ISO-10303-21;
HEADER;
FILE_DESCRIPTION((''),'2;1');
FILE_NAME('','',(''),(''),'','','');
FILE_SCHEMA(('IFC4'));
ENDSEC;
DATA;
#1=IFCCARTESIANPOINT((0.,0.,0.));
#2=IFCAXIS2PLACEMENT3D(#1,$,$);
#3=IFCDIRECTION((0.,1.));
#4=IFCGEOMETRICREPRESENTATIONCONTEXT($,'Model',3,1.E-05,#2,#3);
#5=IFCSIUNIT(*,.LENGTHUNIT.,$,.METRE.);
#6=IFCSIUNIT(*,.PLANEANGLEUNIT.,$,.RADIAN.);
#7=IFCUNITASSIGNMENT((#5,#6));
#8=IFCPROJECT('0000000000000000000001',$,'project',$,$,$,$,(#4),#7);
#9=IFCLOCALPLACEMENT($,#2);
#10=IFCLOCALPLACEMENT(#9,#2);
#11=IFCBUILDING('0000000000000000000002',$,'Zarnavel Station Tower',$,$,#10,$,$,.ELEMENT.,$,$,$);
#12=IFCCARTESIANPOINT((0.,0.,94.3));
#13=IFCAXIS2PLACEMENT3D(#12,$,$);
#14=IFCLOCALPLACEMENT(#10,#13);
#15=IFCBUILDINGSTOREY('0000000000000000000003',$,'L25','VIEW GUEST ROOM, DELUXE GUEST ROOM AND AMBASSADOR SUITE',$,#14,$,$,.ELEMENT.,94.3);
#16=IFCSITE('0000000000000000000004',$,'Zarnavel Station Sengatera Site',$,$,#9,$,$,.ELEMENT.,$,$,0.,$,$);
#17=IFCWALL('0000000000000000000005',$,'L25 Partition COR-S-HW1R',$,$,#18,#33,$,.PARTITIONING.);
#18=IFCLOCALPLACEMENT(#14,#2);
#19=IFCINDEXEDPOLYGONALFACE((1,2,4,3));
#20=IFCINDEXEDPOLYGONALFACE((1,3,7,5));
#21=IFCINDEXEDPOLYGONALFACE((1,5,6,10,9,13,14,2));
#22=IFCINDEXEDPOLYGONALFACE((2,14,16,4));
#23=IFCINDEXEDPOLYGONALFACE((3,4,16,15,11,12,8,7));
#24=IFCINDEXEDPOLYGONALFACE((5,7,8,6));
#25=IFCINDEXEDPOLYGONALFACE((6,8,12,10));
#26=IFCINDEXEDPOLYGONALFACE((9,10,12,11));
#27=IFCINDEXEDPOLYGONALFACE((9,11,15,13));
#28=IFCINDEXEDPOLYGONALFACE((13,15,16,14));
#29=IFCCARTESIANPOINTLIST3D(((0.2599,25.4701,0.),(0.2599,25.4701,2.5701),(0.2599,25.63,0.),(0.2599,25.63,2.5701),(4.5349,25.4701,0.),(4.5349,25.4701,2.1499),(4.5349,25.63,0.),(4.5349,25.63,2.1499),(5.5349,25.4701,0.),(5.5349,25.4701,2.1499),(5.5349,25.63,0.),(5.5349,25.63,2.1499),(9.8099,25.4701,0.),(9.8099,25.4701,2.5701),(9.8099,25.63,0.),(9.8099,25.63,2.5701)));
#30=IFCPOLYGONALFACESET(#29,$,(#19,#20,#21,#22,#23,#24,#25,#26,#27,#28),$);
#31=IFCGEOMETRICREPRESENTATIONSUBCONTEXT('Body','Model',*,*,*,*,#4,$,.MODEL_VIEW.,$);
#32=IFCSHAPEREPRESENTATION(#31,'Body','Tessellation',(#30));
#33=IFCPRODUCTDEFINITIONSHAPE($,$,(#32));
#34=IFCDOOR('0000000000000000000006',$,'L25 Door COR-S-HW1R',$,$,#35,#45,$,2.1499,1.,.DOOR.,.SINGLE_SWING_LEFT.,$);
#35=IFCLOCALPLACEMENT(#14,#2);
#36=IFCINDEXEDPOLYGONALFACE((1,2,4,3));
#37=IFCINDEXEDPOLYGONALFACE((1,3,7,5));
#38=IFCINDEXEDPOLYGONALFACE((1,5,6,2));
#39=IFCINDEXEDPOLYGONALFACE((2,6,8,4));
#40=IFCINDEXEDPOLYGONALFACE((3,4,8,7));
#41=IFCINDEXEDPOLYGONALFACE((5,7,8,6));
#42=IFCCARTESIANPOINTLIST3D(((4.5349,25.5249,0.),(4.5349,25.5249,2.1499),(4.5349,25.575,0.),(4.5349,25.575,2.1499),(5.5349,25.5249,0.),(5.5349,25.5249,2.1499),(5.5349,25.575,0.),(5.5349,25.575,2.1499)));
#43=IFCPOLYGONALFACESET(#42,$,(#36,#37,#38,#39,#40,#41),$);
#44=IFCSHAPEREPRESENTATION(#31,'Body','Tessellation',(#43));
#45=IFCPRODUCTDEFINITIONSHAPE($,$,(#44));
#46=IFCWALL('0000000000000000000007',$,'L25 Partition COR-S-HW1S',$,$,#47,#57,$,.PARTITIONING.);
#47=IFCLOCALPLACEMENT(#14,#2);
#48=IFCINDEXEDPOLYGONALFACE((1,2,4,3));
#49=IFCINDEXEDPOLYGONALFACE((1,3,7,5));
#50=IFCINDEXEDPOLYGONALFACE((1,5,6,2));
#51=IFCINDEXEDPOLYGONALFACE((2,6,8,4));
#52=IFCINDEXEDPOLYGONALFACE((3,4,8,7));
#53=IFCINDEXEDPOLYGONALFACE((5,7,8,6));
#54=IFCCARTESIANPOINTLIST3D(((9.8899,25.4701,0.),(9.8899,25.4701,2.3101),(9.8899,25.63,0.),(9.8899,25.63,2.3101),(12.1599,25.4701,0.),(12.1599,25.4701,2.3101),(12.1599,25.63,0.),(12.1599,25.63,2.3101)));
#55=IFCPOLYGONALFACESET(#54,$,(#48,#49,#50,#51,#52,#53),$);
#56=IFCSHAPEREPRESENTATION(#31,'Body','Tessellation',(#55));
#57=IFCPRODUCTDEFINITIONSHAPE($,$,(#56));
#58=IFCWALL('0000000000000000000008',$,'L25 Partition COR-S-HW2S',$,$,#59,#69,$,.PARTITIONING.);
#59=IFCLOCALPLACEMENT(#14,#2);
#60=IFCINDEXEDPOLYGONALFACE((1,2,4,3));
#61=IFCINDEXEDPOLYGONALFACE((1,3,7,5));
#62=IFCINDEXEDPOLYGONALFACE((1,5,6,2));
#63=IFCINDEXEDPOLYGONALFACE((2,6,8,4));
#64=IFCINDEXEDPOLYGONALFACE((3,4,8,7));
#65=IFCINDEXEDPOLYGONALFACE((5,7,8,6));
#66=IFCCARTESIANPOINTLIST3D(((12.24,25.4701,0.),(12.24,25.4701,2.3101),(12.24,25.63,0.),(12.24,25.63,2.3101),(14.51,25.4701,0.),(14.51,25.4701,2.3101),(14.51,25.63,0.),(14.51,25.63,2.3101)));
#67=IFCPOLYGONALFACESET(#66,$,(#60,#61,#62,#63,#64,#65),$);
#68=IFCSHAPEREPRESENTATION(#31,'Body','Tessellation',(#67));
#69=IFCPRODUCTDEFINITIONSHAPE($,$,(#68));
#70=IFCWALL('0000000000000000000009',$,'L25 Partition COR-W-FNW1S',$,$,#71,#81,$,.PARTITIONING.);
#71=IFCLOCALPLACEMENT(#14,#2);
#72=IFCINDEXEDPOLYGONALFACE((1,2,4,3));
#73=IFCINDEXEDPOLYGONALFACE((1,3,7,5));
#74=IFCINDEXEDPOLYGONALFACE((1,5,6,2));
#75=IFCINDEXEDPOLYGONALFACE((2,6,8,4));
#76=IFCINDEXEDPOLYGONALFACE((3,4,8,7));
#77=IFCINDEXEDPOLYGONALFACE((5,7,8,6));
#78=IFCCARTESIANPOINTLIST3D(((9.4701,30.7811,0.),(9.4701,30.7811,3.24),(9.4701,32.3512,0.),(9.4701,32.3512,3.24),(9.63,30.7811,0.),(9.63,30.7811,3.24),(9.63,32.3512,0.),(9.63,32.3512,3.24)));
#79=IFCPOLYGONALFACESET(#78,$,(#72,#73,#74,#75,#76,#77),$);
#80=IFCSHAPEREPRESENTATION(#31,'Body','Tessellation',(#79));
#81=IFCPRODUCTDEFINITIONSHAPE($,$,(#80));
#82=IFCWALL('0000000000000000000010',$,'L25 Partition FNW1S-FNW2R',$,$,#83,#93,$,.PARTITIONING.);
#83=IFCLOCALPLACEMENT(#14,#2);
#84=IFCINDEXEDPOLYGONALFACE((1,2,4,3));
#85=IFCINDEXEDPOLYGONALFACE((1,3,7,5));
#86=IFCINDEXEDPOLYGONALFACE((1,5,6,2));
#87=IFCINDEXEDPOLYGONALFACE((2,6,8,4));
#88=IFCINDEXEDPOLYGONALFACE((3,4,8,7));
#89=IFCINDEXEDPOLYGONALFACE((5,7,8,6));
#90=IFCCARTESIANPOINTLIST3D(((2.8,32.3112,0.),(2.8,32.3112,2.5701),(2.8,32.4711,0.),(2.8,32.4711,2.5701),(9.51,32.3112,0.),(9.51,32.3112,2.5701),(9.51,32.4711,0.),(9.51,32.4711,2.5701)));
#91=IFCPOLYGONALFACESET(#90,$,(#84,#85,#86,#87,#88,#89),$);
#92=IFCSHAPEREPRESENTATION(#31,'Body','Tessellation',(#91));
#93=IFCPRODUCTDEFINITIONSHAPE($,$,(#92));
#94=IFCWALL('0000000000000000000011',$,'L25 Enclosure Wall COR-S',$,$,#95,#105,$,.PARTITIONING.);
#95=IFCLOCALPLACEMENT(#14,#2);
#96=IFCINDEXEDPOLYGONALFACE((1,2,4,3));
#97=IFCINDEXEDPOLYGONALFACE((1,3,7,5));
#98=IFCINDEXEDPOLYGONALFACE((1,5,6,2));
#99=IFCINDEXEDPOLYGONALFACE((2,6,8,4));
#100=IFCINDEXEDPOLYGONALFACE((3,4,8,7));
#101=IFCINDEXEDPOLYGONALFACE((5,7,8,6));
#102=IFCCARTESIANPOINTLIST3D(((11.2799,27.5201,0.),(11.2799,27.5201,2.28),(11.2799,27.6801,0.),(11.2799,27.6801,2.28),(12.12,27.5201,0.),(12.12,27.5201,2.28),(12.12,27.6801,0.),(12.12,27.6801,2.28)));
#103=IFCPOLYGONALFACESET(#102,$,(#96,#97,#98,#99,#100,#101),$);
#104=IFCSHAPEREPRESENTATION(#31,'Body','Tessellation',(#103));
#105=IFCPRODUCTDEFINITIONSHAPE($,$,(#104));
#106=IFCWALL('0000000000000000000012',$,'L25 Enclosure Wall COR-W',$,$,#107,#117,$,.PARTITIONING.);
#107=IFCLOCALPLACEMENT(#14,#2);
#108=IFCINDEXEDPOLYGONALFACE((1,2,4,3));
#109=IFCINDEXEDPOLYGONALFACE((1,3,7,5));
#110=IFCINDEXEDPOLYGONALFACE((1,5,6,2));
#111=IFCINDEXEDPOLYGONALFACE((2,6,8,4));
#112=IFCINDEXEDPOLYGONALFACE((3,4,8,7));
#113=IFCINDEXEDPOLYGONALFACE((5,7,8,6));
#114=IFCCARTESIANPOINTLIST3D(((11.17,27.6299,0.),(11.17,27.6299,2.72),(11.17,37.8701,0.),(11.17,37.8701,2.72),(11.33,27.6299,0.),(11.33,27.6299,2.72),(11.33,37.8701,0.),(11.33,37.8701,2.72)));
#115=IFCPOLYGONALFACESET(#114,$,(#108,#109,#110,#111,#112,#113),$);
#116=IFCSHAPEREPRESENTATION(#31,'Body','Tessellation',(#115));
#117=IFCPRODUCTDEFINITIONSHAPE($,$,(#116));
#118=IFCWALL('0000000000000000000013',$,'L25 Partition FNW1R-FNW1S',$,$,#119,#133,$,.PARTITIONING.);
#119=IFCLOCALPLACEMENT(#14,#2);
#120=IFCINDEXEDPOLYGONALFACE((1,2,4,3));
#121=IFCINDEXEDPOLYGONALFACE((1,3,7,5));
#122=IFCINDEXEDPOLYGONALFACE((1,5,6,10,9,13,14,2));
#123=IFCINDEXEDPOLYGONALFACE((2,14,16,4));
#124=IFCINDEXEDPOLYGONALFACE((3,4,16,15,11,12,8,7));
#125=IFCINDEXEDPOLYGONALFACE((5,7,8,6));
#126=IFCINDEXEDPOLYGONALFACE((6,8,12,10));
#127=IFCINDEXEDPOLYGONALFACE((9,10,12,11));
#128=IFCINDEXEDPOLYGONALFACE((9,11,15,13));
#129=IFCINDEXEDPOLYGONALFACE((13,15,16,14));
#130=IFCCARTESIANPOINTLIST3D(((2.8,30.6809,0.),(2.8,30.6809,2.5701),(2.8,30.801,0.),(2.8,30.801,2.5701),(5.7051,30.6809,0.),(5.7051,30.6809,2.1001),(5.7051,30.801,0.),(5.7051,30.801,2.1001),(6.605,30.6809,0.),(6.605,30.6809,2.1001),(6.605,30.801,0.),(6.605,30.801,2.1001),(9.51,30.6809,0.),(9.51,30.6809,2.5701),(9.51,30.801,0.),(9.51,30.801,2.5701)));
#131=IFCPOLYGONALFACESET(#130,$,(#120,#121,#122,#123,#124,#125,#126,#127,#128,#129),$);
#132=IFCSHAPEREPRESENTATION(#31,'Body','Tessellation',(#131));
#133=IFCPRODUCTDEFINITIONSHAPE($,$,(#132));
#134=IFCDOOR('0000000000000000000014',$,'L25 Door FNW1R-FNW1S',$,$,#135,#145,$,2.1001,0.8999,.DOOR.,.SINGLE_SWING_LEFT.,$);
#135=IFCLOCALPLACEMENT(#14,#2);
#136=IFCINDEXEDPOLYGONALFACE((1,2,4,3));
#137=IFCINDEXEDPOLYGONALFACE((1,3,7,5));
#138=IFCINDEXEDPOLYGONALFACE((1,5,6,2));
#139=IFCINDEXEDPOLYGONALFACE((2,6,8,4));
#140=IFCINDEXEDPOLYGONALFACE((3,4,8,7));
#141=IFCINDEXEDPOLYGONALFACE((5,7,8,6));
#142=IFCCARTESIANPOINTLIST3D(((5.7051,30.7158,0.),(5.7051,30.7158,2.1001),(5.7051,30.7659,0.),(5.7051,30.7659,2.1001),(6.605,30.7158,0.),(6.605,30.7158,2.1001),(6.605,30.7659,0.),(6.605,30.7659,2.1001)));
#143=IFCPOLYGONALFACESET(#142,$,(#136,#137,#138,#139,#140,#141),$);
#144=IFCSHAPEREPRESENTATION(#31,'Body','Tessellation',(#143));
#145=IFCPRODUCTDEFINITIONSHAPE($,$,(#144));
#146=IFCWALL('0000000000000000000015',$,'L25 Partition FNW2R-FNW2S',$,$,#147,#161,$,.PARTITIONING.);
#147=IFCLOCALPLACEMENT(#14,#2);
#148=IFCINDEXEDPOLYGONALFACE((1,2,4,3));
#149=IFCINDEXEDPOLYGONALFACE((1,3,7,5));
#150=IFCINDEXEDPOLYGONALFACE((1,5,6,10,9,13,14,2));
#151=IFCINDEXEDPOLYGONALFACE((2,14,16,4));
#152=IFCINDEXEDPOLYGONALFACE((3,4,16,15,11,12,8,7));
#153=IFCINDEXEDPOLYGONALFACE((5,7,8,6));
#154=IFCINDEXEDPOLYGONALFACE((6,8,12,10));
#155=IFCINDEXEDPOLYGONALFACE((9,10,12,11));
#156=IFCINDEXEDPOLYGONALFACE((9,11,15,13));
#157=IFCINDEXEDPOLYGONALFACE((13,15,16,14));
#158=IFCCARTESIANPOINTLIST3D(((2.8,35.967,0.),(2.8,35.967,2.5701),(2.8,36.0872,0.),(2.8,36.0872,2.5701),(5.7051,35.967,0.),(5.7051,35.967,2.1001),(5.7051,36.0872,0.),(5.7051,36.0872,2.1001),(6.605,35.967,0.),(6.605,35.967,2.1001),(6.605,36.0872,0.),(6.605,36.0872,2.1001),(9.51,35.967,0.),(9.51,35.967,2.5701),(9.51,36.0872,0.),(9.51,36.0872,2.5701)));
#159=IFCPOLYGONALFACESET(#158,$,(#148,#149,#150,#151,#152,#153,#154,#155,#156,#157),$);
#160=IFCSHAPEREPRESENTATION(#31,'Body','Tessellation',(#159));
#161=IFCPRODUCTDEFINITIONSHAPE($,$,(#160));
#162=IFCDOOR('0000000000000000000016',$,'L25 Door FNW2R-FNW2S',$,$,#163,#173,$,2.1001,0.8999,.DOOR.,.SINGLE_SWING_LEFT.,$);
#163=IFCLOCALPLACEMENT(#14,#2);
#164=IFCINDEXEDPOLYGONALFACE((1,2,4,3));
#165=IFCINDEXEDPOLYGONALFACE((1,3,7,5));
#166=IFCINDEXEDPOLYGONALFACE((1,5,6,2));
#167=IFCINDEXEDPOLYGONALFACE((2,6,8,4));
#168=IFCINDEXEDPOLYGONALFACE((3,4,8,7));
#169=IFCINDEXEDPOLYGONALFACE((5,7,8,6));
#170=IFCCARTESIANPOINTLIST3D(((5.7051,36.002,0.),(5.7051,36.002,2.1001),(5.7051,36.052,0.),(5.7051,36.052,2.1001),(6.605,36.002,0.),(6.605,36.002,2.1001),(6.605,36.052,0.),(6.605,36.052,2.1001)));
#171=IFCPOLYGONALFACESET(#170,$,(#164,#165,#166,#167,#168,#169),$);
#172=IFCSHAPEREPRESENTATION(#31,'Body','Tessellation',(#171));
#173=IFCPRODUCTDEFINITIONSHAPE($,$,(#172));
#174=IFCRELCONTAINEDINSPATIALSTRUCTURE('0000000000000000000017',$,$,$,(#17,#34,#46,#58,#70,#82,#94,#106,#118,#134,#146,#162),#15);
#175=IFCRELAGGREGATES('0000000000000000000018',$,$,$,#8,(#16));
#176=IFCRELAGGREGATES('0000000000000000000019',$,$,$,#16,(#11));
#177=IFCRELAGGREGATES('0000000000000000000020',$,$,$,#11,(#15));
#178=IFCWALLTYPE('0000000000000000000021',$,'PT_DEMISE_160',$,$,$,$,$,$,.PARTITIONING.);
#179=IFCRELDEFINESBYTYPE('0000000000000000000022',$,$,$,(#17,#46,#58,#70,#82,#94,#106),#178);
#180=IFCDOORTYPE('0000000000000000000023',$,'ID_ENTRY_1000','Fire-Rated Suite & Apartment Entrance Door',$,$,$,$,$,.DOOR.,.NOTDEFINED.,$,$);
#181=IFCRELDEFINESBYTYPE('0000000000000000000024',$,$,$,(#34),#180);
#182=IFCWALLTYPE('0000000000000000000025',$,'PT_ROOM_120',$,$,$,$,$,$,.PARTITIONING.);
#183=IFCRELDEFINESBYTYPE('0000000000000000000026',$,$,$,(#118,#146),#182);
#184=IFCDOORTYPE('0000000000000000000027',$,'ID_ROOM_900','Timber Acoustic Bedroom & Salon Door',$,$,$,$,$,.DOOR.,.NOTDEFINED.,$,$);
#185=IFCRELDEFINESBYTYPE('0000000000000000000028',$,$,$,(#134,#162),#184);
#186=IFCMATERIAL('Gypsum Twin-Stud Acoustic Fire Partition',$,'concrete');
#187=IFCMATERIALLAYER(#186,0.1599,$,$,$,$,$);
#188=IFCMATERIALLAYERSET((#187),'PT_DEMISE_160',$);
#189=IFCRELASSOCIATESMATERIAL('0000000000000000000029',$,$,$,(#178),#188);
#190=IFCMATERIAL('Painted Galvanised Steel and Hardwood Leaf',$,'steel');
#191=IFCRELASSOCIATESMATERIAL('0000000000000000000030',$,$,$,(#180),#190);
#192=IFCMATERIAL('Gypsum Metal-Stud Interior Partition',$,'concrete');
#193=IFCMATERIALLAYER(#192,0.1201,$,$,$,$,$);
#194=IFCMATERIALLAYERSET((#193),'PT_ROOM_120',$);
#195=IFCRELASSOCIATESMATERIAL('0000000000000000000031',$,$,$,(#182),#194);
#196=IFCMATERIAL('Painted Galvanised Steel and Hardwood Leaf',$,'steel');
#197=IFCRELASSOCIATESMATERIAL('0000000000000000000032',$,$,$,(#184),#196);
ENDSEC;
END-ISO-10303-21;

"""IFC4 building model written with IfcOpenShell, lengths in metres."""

from ifc_helpers import new_model, si_unit, direction, frame, frame_2d, origin, place, context, subcontext, project, spatial, rectangle, extrude, material, layer, layer_set, type_object, element, fill, save


model = new_model("IFC4")

# Units and contexts
model_context = context("Model", 3, precision=1e-05, world=origin(), true_north=direction((0.0, 1.0)))
body_context = subcontext(model_context, "Body", "Model", "MODEL_VIEW")
ifc_project = project(units=[si_unit("LENGTHUNIT", "METRE"), si_unit("PLANEANGLEUNIT", "RADIAN")], contexts=[model_context])

# Site, building, storey
site_placement = place(None, origin())
site = spatial("IfcSite", under=ifc_project, at=site_placement, Name="Zarnavel Station Sengatera Site", CompositionType="ELEMENT", RefElevation=0.0)
building_placement = place(site_placement, origin())
building = spatial("IfcBuilding", under=site, at=building_placement, Name="Zarnavel Station Tower", CompositionType="ELEMENT")
storey_placement = place(building_placement, frame((0.0, 0.0, 94.3)))
storey = spatial("IfcBuildingStorey", under=building, at=storey_placement, Name="L25", Description="VIEW GUEST ROOM, DELUXE GUEST ROOM AND AMBASSADOR SUITE", CompositionType="ELEMENT", Elevation=94.3)

# Wall, opening, door
ifc_material_1 = material(Name="Gypsum Twin-Stud Acoustic Fire Partition", Category="concrete")
ifc_layer_1 = layer(ifc_material_1, 0.1599)
ifc_layer_set_1 = layer_set([ifc_layer_1], Name="PT_DEMISE_160")
wall_type_1 = type_object("IfcWallType", Name="PT_DEMISE_160", PredefinedType="PARTITIONING", material=ifc_layer_set_1)
ifc_material_2 = material(Name="Painted Galvanised Steel and Hardwood Leaf", Category="steel")
door_type_1 = type_object("IfcDoorType", Name="ID_ENTRY_1000", Description="Fire-Rated Suite & Apartment Entrance Door", OperationType="NOTDEFINED", PredefinedType="DOOR", material=ifc_material_2)
wall_1_placement = place(storey_placement, frame((0.26, 25.55, 0.0), z_axis=(0.0, 0.0, 1.0), x_axis=(1.0, 0.0, 0.0)))
wall_1 = element("IfcWall", 1, at=wall_1_placement, inside=storey, type_object=wall_type_1, Name="L25 Partition COR-S-HW1R", PredefinedType="PARTITIONING", context=body_context, shape_type="SweptSolid", body=[
    extrude(rectangle(XDim=9.55, YDim=0.1599, at=frame_2d((4.7749, 0.0))), origin(), (0.0, 0.0, 1.0), 2.5701),
])
opening_1_placement = place(wall_1_placement, frame((4.2749, 0.0, 0.0)))
opening_1 = element("IfcOpeningElement", 2, at=opening_1_placement, cuts=wall_1, PredefinedType="OPENING", context=body_context, shape_type="SweptSolid", body=[
    extrude(rectangle(XDim=1.0, YDim=2.1499, at=frame_2d((0.5, 1.075))), frame((0.0, 0.0898, 0.0), z_axis=(0.0, -1.0, 0.0), x_axis=(1.0, 0.0, 0.0)), (0.0, 0.0, 1.0), 0.1799),
])
door_1_placement = place(opening_1_placement, origin())
door_1 = element("IfcDoor", 3, at=door_1_placement, inside=storey, type_object=door_type_1, Name="L25 Door COR-S-HW1R", OperationType="SINGLE_SWING_LEFT", OverallHeight=2.1499, OverallWidth=1.0, PredefinedType="DOOR", context=body_context, shape_type="SweptSolid", body=[
    extrude(rectangle(XDim=1.0, YDim=2.1499, at=frame_2d((0.5, 1.075))), frame((0.0, 0.0249, 0.0), z_axis=(0.0, -1.0, 0.0), x_axis=(1.0, 0.0, 0.0)), (0.0, 0.0, 1.0), 0.05),
])
fill(opening_1, door_1)

# Walls
for number, where, z_axis, x_axis, name in (
    (4, (9.8899, 25.55, 0.0), (0.0, 0.0, 1.0), (1.0, 0.0, 0.0), "L25 Partition COR-S-HW1S"),
    (5, (12.24, 25.55, 0.0), (0.0, 0.0, 1.0), (1.0, 0.0, 0.0), "L25 Partition COR-S-HW2S"),
):
    element("IfcWall", number, at=place(storey_placement, frame(where, z_axis=z_axis, x_axis=x_axis)), inside=storey, type_object=wall_type_1, Name=name, PredefinedType="PARTITIONING", context=body_context, shape_type="SweptSolid", body=[
        extrude(rectangle(XDim=2.27, YDim=0.1599, at=frame_2d((1.135, 0.0))), origin(), (0.0, 0.0, 1.0), 2.3101),
    ])

# Wall
wall_2_placement = place(storey_placement, frame((9.55, 30.781, 0.0), z_axis=(0.0, 0.0, 1.0), x_axis=(0.0, 1.0, 0.0)))
element("IfcWall", 6, at=wall_2_placement, inside=storey, type_object=wall_type_1, Name="L25 Partition COR-W-FNW1S", PredefinedType="PARTITIONING", context=body_context, shape_type="SweptSolid", body=[
    extrude(rectangle(XDim=1.5701, YDim=0.1599, at=frame_2d((0.7852, 0.0))), origin(), (0.0, 0.0, 1.0), 3.24),
])

# Walls
wall_3_placement = place(storey_placement, frame((2.8, 32.3911, 0.0), z_axis=(0.0, 0.0, 1.0), x_axis=(1.0, 0.0, 0.0)))
element("IfcWall", 7, at=wall_3_placement, inside=storey, type_object=wall_type_1, Name="L25 Partition FNW1S-FNW2R", PredefinedType="PARTITIONING", context=body_context, shape_type="SweptSolid", body=[
    extrude(rectangle(XDim=6.71, YDim=0.1599, at=frame_2d((3.355, 0.0))), origin(), (0.0, 0.0, 1.0), 2.5701),
])
wall_4_placement = place(storey_placement, frame((11.28, 27.6001, 0.0), z_axis=(0.0, 0.0, 1.0), x_axis=(1.0, 0.0, 0.0)))
element("IfcWall", 8, at=wall_4_placement, inside=storey, type_object=wall_type_1, Name="L25 Enclosure Wall COR-S", PredefinedType="PARTITIONING", context=body_context, shape_type="SweptSolid", body=[
    extrude(rectangle(XDim=0.8401, YDim=0.1599, at=frame_2d((0.4199, 0.0))), origin(), (0.0, 0.0, 1.0), 2.28),
])
wall_5_placement = place(storey_placement, frame((11.25, 27.6299, 0.0), z_axis=(0.0, 0.0, 1.0), x_axis=(0.0, 1.0, 0.0)))
element("IfcWall", 9, at=wall_5_placement, inside=storey, type_object=wall_type_1, Name="L25 Enclosure Wall COR-W", PredefinedType="PARTITIONING", context=body_context, shape_type="SweptSolid", body=[
    extrude(rectangle(XDim=10.2402, YDim=0.1599, at=frame_2d((5.1201, 0.0))), origin(), (0.0, 0.0, 1.0), 2.72),
])

# Walls, openings, doors
ifc_material_3 = material(Name="Gypsum Metal-Stud Interior Partition", Category="concrete")
ifc_layer_2 = layer(ifc_material_3, 0.1201)
ifc_layer_set_2 = layer_set([ifc_layer_2], Name="PT_ROOM_120")
wall_type_2 = type_object("IfcWallType", Name="PT_ROOM_120", PredefinedType="PARTITIONING", material=ifc_layer_set_2)
wall_6_placement = place(storey_placement, frame((2.8, 30.741, 0.0), z_axis=(0.0, 0.0, 1.0), x_axis=(1.0, 0.0, 0.0)))
wall_6 = element("IfcWall", 10, at=wall_6_placement, inside=storey, type_object=wall_type_2, Name="L25 Partition FNW1R-FNW1S", PredefinedType="PARTITIONING", context=body_context, shape_type="SweptSolid", body=[
    extrude(rectangle(XDim=6.71, YDim=0.1201, at=frame_2d((3.355, 0.0))), origin(), (0.0, 0.0, 1.0), 2.5701),
])
opening_2_placement = place(wall_6_placement, frame((2.905, 0.0, 0.0)))
opening_2 = element("IfcOpeningElement", 11, at=opening_2_placement, cuts=wall_6, PredefinedType="OPENING", context=body_context, shape_type="SweptSolid", body=[
    extrude(rectangle(XDim=0.8999, YDim=2.1001, at=frame_2d((0.45, 1.05))), frame((0.0, 0.0701, 0.0), z_axis=(0.0, -1.0, 0.0), x_axis=(1.0, 0.0, 0.0)), (0.0, 0.0, 1.0), 0.1401),
])
ifc_material_4 = material(Name="Painted Galvanised Steel and Hardwood Leaf", Category="steel")
door_type_2 = type_object("IfcDoorType", Name="ID_ROOM_900", Description="Timber Acoustic Bedroom & Salon Door", OperationType="NOTDEFINED", PredefinedType="DOOR", material=ifc_material_4)
door_2_placement = place(opening_2_placement, origin())
door_2 = element("IfcDoor", 12, at=door_2_placement, inside=storey, type_object=door_type_2, Name="L25 Door FNW1R-FNW1S", OperationType="SINGLE_SWING_LEFT", OverallHeight=2.1001, OverallWidth=0.8999, PredefinedType="DOOR", context=body_context, shape_type="SweptSolid", body=[
    extrude(rectangle(XDim=0.8999, YDim=2.1001, at=frame_2d((0.45, 1.05))), frame((0.0, 0.0249, 0.0), z_axis=(0.0, -1.0, 0.0), x_axis=(1.0, 0.0, 0.0)), (0.0, 0.0, 1.0), 0.05),
])
fill(opening_2, door_2)
wall_7_placement = place(storey_placement, frame((2.8, 36.0271, 0.0), z_axis=(0.0, 0.0, 1.0), x_axis=(1.0, 0.0, 0.0)))
wall_7 = element("IfcWall", 13, at=wall_7_placement, inside=storey, type_object=wall_type_2, Name="L25 Partition FNW2R-FNW2S", PredefinedType="PARTITIONING", context=body_context, shape_type="SweptSolid", body=[
    extrude(rectangle(XDim=6.71, YDim=0.1201, at=frame_2d((3.355, 0.0))), origin(), (0.0, 0.0, 1.0), 2.5701),
])
opening_3_placement = place(wall_7_placement, frame((2.905, 0.0, 0.0)))
opening_3 = element("IfcOpeningElement", 14, at=opening_3_placement, cuts=wall_7, PredefinedType="OPENING", context=body_context, shape_type="SweptSolid", body=[
    extrude(rectangle(XDim=0.8999, YDim=2.1001, at=frame_2d((0.45, 1.05))), frame((0.0, 0.0701, 0.0), z_axis=(0.0, -1.0, 0.0), x_axis=(1.0, 0.0, 0.0)), (0.0, 0.0, 1.0), 0.1401),
])
door_3_placement = place(opening_3_placement, origin())
door_3 = element("IfcDoor", 15, at=door_3_placement, inside=storey, type_object=door_type_2, Name="L25 Door FNW2R-FNW2S", OperationType="SINGLE_SWING_LEFT", OverallHeight=2.1001, OverallWidth=0.8999, PredefinedType="DOOR", context=body_context, shape_type="SweptSolid", body=[
    extrude(rectangle(XDim=0.8999, YDim=2.1001, at=frame_2d((0.45, 1.05))), frame((0.0, 0.0249, 0.0), z_axis=(0.0, -1.0, 0.0), x_axis=(1.0, 0.0, 0.0)), (0.0, 0.0, 1.0), 0.05),
])
fill(opening_3, door_3)

save(model, "model.ifc")
